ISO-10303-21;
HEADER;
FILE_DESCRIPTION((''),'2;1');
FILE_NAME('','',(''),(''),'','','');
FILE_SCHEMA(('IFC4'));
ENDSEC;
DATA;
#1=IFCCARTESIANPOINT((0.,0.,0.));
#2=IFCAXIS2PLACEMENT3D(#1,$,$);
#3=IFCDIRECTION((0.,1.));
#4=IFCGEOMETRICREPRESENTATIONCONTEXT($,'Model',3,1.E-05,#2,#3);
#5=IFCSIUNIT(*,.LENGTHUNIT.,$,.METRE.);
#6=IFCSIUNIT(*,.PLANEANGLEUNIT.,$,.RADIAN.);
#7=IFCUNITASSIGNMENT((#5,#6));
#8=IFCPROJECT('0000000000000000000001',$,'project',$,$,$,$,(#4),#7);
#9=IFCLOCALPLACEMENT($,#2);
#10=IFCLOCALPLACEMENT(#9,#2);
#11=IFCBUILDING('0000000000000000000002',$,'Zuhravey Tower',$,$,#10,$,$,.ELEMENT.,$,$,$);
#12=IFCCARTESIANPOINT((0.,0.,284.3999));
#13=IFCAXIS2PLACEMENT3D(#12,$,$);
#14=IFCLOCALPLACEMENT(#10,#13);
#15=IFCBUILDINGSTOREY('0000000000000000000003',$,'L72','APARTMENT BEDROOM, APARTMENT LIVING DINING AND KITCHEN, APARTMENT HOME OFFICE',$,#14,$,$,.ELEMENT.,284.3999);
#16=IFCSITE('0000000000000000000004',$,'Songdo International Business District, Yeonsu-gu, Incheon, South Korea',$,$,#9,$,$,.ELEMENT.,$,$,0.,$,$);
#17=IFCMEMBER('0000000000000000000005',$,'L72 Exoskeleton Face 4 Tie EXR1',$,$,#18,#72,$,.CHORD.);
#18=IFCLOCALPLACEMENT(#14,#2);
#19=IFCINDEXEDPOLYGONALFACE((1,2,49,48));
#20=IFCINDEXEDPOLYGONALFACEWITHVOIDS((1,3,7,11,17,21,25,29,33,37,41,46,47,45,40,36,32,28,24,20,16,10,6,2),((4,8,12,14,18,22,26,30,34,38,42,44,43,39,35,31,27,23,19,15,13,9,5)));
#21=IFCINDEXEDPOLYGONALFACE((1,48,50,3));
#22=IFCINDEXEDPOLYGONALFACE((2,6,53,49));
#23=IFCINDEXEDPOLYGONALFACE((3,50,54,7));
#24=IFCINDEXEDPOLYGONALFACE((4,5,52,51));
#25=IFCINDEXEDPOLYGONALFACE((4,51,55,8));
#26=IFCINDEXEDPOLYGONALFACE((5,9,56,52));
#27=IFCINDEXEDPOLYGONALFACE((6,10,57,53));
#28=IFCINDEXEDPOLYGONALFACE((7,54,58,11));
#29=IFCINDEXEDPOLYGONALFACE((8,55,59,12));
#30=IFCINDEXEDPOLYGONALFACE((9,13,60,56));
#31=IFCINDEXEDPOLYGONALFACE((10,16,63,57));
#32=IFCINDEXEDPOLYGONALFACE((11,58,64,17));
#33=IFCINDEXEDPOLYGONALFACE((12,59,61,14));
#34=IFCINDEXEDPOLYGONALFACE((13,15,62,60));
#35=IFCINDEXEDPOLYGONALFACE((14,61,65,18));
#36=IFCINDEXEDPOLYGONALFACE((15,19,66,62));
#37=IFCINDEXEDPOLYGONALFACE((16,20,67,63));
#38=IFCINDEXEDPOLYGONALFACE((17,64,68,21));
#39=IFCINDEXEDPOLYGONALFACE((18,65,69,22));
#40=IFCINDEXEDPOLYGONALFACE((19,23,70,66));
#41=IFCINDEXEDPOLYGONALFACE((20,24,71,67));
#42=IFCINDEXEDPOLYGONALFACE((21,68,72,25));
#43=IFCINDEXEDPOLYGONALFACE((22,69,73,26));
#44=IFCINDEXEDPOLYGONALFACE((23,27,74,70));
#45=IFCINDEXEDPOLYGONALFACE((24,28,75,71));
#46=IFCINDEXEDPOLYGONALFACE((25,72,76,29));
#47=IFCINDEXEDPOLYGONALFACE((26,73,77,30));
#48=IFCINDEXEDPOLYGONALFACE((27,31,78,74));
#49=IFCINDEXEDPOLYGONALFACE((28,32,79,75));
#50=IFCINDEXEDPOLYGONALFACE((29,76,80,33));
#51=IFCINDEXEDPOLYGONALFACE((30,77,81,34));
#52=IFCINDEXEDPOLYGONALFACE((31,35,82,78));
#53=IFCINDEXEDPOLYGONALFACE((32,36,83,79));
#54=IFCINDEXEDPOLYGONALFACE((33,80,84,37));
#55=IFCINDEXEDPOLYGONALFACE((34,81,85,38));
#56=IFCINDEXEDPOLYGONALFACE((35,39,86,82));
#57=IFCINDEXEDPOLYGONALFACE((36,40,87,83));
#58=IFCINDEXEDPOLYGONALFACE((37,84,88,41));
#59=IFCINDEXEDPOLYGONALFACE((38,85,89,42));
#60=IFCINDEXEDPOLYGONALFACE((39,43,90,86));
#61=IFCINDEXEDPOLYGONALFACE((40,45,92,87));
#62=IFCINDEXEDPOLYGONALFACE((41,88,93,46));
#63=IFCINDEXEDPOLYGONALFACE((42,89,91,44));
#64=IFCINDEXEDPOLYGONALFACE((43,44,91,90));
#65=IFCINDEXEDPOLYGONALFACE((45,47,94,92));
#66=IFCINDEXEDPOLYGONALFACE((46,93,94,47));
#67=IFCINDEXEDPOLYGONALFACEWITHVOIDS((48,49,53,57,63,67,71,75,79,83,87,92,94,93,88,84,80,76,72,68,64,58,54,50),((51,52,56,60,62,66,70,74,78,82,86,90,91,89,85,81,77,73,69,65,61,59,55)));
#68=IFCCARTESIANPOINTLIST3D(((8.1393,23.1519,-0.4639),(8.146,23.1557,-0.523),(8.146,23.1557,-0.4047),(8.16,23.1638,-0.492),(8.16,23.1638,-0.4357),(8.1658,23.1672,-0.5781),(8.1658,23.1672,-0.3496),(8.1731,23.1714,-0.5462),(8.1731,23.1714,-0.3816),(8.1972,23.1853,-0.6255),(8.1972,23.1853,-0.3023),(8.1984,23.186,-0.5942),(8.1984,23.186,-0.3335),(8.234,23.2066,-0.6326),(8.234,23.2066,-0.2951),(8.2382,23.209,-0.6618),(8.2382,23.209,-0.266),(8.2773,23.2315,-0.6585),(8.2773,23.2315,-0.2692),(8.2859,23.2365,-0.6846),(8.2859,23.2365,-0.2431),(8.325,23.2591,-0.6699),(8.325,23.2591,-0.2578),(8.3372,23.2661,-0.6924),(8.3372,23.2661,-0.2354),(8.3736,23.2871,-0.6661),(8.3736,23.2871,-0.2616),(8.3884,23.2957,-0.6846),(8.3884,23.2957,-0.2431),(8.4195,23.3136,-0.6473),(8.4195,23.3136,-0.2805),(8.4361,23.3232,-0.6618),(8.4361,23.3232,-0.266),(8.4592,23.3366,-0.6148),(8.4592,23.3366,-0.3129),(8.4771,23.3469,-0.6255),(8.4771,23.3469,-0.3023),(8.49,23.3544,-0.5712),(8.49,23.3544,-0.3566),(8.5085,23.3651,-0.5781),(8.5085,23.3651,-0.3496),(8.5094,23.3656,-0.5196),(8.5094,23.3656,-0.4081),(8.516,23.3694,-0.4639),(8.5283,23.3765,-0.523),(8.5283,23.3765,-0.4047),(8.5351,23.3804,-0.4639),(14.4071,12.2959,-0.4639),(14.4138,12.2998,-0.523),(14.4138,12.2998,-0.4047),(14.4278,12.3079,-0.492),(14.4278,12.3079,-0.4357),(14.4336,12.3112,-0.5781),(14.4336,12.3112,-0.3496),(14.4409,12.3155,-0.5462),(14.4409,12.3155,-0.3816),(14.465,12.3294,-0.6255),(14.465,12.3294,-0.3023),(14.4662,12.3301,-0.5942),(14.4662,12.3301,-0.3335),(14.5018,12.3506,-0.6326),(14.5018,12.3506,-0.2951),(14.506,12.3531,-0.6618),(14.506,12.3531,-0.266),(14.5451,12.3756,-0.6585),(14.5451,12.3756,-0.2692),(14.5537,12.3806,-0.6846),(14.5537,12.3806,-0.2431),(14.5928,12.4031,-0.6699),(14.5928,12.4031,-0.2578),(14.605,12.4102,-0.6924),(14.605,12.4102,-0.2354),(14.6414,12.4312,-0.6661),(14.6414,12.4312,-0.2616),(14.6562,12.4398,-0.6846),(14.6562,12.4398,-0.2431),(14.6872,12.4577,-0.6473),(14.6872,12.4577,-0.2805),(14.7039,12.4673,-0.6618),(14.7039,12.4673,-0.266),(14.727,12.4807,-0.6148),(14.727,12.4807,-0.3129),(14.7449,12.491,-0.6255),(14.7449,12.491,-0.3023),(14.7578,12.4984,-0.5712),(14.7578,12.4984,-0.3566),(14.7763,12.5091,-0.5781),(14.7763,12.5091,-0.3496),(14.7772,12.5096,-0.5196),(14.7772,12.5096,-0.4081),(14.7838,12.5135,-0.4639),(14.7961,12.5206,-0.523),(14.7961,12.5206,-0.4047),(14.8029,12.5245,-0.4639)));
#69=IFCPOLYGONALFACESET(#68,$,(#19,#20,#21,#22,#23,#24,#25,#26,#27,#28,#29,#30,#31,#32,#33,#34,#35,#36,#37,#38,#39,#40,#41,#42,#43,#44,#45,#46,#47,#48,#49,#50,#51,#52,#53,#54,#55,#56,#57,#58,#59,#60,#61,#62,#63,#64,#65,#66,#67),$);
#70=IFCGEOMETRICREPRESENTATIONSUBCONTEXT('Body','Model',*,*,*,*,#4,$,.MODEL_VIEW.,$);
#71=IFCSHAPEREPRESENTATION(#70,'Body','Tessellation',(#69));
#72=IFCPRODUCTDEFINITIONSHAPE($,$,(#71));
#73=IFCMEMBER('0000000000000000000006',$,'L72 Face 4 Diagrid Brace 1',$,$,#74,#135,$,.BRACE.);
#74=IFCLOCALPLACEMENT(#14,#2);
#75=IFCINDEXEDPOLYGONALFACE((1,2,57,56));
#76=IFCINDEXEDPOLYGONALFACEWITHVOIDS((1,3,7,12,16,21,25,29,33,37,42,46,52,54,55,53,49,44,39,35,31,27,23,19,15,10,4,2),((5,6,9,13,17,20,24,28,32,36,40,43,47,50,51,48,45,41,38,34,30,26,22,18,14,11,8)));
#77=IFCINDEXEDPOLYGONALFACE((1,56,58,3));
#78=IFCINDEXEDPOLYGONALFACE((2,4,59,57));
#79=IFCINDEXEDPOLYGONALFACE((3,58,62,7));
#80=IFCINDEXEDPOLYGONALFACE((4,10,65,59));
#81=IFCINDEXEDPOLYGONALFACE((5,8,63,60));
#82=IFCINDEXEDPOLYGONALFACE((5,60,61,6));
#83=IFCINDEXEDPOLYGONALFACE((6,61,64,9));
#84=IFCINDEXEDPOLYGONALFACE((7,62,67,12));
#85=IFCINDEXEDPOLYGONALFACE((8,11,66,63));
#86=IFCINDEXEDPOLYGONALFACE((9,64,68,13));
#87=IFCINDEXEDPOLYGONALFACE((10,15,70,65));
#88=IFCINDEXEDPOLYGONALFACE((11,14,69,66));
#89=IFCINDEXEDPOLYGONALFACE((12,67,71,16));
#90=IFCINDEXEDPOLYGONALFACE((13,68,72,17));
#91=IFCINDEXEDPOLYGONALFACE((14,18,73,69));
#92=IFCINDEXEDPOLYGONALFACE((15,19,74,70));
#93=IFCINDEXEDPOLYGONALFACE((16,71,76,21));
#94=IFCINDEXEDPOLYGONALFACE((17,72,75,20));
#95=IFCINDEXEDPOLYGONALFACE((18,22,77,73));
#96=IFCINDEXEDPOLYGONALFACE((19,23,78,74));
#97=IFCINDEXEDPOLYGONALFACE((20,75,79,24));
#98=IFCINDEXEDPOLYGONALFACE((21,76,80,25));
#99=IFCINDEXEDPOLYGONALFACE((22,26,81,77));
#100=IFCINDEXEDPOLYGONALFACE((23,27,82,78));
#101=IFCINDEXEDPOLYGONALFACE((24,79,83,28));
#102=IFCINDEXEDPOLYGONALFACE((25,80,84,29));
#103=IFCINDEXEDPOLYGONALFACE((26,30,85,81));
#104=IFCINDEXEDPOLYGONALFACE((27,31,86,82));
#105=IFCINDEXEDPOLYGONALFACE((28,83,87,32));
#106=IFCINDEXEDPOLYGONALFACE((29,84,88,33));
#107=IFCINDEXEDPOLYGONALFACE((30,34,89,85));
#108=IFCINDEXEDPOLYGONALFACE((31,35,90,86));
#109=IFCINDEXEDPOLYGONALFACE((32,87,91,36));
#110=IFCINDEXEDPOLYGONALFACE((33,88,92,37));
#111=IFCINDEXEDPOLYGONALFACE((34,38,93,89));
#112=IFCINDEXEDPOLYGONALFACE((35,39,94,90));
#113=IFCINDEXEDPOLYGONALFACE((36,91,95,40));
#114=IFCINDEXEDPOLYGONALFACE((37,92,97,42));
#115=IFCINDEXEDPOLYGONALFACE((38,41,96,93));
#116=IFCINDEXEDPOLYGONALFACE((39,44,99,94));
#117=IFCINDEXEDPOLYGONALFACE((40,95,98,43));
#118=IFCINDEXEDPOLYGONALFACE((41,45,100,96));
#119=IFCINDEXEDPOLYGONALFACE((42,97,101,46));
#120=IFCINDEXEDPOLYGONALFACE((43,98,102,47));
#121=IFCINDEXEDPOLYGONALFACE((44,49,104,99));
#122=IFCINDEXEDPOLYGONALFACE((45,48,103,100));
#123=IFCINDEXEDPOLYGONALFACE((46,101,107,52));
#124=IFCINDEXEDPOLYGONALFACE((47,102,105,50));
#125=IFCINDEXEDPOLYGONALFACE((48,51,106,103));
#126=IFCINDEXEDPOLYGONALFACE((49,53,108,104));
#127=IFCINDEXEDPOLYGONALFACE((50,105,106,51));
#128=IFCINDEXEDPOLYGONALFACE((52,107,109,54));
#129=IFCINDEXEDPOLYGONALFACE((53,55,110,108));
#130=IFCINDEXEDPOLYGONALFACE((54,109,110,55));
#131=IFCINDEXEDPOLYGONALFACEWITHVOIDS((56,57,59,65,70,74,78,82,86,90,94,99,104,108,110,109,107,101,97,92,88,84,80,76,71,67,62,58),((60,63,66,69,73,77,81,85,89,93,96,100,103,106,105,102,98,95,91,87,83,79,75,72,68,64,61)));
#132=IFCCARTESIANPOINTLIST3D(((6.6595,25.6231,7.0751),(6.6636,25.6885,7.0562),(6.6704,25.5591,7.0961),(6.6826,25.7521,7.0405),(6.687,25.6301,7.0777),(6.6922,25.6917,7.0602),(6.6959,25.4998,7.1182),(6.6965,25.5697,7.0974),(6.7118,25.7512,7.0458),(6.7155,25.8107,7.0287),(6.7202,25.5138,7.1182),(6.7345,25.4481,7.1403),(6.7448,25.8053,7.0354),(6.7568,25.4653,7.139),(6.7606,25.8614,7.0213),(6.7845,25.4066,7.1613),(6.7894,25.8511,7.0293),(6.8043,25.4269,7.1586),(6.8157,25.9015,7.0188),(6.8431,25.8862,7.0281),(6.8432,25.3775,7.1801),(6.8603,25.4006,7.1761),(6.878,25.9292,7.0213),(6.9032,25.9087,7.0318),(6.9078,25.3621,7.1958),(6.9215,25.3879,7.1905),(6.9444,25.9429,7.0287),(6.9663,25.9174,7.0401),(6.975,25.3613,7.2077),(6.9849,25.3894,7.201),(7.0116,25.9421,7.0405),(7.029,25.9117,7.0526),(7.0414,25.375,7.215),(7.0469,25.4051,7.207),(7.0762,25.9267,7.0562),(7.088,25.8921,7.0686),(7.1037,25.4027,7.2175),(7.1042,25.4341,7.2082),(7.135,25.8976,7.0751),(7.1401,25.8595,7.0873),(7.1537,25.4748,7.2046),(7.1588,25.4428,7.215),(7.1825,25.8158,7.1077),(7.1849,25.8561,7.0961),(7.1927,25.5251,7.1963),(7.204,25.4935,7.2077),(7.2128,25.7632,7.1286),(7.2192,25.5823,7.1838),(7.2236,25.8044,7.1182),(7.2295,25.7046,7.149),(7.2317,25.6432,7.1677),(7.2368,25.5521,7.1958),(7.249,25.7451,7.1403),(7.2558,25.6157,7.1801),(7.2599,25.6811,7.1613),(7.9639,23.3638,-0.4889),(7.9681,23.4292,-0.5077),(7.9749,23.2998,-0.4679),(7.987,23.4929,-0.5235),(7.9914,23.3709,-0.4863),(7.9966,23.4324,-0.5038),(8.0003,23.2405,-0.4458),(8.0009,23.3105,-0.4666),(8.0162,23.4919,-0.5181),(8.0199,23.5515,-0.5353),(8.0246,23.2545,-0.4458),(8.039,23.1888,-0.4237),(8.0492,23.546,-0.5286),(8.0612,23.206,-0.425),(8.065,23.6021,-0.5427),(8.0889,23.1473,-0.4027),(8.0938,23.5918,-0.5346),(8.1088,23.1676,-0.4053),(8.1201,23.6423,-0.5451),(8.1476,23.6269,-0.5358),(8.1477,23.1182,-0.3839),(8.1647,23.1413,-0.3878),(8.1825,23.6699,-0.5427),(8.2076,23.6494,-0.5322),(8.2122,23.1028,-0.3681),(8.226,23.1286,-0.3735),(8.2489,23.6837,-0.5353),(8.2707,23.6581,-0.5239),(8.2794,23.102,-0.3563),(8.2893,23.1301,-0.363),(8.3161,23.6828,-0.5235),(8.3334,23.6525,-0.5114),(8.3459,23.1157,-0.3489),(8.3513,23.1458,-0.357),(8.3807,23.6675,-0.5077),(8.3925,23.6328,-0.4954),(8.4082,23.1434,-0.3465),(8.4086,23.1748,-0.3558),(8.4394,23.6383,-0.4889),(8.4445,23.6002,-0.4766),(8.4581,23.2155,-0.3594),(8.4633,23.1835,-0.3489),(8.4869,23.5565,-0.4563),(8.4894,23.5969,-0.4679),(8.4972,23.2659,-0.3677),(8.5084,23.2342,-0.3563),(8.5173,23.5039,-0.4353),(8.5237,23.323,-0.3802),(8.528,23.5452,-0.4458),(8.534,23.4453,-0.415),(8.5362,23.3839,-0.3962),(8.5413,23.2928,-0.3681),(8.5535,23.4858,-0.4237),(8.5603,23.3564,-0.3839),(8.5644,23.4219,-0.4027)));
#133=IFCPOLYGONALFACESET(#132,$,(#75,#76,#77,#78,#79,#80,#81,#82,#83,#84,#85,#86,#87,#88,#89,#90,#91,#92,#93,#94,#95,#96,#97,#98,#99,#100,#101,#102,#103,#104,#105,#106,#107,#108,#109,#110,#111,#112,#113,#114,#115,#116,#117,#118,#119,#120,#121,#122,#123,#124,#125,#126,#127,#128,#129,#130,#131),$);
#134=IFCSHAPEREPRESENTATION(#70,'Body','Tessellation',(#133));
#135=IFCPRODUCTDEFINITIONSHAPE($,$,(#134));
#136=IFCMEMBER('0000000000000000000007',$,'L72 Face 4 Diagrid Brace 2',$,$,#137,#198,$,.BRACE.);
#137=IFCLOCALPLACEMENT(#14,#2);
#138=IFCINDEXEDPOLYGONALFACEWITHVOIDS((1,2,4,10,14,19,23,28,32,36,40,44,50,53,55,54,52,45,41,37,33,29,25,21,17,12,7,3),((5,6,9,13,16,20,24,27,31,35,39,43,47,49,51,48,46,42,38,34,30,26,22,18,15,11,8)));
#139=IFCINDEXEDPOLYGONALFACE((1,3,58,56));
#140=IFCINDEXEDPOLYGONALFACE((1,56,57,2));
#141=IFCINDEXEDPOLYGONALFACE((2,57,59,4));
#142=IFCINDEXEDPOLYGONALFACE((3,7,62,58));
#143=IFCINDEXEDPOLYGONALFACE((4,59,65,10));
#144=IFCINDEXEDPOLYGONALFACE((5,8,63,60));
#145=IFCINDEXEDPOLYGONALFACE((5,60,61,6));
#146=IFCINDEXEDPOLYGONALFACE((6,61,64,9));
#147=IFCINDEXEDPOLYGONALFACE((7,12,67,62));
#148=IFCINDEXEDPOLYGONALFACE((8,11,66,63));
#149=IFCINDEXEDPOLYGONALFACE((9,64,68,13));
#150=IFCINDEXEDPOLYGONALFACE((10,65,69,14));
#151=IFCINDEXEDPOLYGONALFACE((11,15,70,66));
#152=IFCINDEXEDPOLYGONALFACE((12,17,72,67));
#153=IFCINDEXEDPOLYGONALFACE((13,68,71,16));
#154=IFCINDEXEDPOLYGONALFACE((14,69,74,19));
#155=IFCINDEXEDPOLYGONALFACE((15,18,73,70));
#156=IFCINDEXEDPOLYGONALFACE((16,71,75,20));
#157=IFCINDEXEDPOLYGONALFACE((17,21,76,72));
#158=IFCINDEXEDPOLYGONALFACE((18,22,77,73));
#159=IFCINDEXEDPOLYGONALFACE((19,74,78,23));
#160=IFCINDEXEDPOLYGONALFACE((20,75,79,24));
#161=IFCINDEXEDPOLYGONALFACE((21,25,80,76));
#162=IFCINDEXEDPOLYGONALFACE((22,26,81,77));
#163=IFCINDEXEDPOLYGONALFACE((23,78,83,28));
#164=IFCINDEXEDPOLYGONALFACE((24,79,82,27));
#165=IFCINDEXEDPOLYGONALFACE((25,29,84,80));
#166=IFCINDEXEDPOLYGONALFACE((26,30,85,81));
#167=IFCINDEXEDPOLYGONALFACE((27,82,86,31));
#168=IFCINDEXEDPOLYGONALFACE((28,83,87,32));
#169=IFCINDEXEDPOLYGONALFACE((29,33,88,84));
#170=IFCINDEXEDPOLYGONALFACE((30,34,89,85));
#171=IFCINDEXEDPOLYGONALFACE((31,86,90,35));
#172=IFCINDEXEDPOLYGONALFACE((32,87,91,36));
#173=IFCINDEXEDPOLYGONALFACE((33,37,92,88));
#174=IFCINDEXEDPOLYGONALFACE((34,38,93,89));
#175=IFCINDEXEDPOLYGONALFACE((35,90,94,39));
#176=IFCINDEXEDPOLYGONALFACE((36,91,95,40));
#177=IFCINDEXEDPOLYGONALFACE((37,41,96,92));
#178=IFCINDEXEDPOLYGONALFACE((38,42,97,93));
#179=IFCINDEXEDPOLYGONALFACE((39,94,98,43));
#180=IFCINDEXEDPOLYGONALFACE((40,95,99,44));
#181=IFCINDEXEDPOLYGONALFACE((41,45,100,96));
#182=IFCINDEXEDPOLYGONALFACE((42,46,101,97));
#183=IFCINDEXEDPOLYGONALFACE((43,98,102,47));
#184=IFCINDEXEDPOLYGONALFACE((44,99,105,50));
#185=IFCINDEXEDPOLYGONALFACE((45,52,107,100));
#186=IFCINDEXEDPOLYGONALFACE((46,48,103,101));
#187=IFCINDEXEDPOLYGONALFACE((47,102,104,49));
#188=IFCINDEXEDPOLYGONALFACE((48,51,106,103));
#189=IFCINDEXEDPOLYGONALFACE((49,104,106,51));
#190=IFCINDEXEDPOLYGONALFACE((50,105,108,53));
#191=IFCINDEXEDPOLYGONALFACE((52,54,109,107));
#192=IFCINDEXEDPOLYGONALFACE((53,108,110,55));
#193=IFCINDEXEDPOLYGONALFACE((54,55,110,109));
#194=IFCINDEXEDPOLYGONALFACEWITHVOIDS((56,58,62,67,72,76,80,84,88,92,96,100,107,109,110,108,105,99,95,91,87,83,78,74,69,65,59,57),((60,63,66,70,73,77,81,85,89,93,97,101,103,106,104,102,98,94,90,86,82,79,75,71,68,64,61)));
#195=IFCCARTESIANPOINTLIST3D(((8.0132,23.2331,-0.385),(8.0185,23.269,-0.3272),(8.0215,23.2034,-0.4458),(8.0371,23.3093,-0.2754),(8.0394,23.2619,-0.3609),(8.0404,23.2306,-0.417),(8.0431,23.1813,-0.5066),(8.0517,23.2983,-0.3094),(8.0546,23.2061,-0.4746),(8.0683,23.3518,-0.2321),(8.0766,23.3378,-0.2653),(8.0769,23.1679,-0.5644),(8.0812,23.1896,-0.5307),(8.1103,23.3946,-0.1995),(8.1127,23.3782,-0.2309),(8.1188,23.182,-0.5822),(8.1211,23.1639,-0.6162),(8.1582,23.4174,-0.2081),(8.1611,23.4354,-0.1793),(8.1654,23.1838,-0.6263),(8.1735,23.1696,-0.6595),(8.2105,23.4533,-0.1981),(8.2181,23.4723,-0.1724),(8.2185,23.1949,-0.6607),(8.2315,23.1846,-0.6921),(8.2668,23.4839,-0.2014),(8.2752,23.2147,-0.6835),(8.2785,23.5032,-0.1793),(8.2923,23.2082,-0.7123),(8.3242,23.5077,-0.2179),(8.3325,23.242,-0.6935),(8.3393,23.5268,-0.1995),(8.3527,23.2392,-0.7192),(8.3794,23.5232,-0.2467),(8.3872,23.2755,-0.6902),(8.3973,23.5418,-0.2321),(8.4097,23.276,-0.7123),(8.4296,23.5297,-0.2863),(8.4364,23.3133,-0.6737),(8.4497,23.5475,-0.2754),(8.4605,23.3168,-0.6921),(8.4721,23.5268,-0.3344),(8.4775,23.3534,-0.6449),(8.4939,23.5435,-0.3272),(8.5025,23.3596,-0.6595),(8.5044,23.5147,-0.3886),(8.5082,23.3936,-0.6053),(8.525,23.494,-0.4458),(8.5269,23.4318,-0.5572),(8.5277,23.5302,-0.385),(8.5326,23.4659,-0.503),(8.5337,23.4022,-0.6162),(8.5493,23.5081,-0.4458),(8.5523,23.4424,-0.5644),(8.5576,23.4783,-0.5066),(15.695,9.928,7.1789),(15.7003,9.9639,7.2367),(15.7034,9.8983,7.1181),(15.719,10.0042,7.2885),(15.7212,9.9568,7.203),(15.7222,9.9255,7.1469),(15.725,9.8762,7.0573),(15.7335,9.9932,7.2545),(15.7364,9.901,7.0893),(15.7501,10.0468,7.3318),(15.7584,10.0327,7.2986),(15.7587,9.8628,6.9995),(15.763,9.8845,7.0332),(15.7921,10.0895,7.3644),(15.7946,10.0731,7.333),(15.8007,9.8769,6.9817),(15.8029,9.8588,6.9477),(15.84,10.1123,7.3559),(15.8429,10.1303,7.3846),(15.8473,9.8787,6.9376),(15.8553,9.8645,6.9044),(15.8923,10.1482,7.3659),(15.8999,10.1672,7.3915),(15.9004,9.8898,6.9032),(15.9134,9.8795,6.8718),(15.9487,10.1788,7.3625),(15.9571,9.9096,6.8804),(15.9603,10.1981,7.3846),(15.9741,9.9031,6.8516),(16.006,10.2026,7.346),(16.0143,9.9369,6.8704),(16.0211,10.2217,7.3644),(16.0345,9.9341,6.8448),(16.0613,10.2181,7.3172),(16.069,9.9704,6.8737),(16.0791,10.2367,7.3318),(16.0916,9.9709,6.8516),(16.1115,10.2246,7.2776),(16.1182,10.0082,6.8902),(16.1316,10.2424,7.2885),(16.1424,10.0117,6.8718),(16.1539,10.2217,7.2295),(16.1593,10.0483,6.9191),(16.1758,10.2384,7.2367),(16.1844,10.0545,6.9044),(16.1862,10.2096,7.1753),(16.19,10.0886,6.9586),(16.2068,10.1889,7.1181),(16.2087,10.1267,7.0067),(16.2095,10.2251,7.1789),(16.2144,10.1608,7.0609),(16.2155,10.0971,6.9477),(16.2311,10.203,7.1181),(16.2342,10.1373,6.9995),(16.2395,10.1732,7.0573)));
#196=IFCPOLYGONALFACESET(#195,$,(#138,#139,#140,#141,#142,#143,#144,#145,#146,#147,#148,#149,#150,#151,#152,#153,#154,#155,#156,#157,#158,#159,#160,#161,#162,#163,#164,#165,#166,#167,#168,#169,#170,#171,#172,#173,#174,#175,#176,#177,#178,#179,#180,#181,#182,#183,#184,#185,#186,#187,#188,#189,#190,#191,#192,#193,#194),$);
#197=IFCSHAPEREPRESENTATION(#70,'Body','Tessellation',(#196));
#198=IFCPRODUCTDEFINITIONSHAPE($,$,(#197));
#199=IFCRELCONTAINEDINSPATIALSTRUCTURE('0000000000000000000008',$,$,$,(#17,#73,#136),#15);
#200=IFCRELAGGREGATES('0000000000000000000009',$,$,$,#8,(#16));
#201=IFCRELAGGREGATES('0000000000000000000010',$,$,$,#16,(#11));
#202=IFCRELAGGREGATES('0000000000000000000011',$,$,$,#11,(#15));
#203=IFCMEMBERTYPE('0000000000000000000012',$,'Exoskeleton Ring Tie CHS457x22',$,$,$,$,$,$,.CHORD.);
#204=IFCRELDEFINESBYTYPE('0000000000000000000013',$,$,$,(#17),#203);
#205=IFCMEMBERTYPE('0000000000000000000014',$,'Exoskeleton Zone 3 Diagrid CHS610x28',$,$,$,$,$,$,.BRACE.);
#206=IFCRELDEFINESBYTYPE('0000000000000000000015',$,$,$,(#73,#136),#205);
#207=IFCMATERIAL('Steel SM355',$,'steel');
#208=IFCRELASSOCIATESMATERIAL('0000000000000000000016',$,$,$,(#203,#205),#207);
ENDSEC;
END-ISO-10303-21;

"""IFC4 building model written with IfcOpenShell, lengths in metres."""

from ifc_helpers import new_model, si_unit, direction, frame, origin, origin_2d, place, context, subcontext, project, spatial, hollow_circle, extrude, material, material_profile, profile_set, type_object, element, save


model = new_model("IFC4")

# Units and contexts
model_context = context("Model", 3, precision=1e-05, world=origin(), true_north=direction((0.0, 1.0)))
body_context = subcontext(model_context, "Body", "Model", "MODEL_VIEW")
ifc_project = project(units=[si_unit("LENGTHUNIT", "METRE"), si_unit("PLANEANGLEUNIT", "RADIAN")], contexts=[model_context])

# Site, building, storey
site_placement = place(None, origin())
site = spatial("IfcSite", under=ifc_project, at=site_placement, Name="Songdo International Business District, Yeonsu-gu, Incheon, South Korea", CompositionType="ELEMENT", RefElevation=0.0)
building_placement = place(site_placement, origin())
building = spatial("IfcBuilding", under=site, at=building_placement, Name="Zuhravey Tower", CompositionType="ELEMENT")
storey_placement = place(building_placement, frame((0.0, 0.0, 284.3999)))
storey = spatial("IfcBuildingStorey", under=building, at=storey_placement, Name="L72", Description="APARTMENT BEDROOM, APARTMENT LIVING DINING AND KITCHEN, APARTMENT HOME OFFICE", CompositionType="ELEMENT", Elevation=284.3999)

# Members
ifc_material_1 = material(Name="Steel SM355", Category="steel")
ifc_material_profile_1 = material_profile(ifc_material_1, hollow_circle(Radius=0.2285, WallThickness=0.022, at=origin_2d()), Name="CHS-457.2x22")
ifc_profile_set_1 = profile_set([ifc_material_profile_1], Name="Steel SM355")
member_type_1 = type_object("IfcMemberType", Name="Exoskeleton Ring Tie CHS457x22", PredefinedType="CHORD", material=ifc_profile_set_1)
member_1_placement = place(storey_placement, frame((8.3372, 23.2661, -0.4639), z_axis=(0.500008, -0.866021, 0.0), x_axis=(0.866021, 0.500008, 0.0)))
element("IfcMember", 1, at=member_1_placement, inside=storey, type_object=member_type_1, Name="L72 Exoskeleton Face 4 Tie EXR1", PredefinedType="CHORD", context=body_context, shape_type="SweptSolid", body=[
    extrude(hollow_circle(Radius=0.2285, WallThickness=0.022, at=origin_2d()), origin(), (0.0, 0.0, 1.0), 12.5354),
])
ifc_material_profile_2 = material_profile(ifc_material_1, hollow_circle(Radius=0.3047, WallThickness=0.0281, at=origin_2d()), Name="CHS-609.6x28")
ifc_profile_set_2 = profile_set([ifc_material_profile_2], Name="Steel SM355")
member_type_2 = type_object("IfcMemberType", Name="Exoskeleton Zone 3 Diagrid CHS610x28", PredefinedType="BRACE", material=ifc_profile_set_2)
member_2_placement = place(storey_placement, frame((8.2642, 23.3928, -0.4458), z_axis=(-0.163031, 0.282367, 0.945352), x_axis=(-0.866017, -0.500014, 0.0)))
element("IfcMember", 2, at=member_2_placement, inside=storey, type_object=member_type_2, Name="L72 Face 4 Diagrid Brace 1", PredefinedType="BRACE", context=body_context, shape_type="SweptSolid", body=[
    extrude(hollow_circle(Radius=0.3047, WallThickness=0.0281, at=origin_2d()), origin(), (0.0, 0.0, 1.0), 8.0012),
])
member_3_placement = place(storey_placement, frame((8.2854, 23.3557, -0.4458), z_axis=(0.448587, -0.776962, 0.441701), x_axis=(0.866022, 0.500007, 0.0)))
element("IfcMember", 3, at=member_3_placement, inside=storey, type_object=member_type_2, Name="L72 Face 4 Diagrid Brace 2", PredefinedType="BRACE", context=body_context, shape_type="SweptSolid", body=[
    extrude(hollow_circle(Radius=0.3047, WallThickness=0.0281, at=origin_2d()), origin(), (0.0, 0.0, 1.0), 17.1245),
])

save(model, "model.ifc")
